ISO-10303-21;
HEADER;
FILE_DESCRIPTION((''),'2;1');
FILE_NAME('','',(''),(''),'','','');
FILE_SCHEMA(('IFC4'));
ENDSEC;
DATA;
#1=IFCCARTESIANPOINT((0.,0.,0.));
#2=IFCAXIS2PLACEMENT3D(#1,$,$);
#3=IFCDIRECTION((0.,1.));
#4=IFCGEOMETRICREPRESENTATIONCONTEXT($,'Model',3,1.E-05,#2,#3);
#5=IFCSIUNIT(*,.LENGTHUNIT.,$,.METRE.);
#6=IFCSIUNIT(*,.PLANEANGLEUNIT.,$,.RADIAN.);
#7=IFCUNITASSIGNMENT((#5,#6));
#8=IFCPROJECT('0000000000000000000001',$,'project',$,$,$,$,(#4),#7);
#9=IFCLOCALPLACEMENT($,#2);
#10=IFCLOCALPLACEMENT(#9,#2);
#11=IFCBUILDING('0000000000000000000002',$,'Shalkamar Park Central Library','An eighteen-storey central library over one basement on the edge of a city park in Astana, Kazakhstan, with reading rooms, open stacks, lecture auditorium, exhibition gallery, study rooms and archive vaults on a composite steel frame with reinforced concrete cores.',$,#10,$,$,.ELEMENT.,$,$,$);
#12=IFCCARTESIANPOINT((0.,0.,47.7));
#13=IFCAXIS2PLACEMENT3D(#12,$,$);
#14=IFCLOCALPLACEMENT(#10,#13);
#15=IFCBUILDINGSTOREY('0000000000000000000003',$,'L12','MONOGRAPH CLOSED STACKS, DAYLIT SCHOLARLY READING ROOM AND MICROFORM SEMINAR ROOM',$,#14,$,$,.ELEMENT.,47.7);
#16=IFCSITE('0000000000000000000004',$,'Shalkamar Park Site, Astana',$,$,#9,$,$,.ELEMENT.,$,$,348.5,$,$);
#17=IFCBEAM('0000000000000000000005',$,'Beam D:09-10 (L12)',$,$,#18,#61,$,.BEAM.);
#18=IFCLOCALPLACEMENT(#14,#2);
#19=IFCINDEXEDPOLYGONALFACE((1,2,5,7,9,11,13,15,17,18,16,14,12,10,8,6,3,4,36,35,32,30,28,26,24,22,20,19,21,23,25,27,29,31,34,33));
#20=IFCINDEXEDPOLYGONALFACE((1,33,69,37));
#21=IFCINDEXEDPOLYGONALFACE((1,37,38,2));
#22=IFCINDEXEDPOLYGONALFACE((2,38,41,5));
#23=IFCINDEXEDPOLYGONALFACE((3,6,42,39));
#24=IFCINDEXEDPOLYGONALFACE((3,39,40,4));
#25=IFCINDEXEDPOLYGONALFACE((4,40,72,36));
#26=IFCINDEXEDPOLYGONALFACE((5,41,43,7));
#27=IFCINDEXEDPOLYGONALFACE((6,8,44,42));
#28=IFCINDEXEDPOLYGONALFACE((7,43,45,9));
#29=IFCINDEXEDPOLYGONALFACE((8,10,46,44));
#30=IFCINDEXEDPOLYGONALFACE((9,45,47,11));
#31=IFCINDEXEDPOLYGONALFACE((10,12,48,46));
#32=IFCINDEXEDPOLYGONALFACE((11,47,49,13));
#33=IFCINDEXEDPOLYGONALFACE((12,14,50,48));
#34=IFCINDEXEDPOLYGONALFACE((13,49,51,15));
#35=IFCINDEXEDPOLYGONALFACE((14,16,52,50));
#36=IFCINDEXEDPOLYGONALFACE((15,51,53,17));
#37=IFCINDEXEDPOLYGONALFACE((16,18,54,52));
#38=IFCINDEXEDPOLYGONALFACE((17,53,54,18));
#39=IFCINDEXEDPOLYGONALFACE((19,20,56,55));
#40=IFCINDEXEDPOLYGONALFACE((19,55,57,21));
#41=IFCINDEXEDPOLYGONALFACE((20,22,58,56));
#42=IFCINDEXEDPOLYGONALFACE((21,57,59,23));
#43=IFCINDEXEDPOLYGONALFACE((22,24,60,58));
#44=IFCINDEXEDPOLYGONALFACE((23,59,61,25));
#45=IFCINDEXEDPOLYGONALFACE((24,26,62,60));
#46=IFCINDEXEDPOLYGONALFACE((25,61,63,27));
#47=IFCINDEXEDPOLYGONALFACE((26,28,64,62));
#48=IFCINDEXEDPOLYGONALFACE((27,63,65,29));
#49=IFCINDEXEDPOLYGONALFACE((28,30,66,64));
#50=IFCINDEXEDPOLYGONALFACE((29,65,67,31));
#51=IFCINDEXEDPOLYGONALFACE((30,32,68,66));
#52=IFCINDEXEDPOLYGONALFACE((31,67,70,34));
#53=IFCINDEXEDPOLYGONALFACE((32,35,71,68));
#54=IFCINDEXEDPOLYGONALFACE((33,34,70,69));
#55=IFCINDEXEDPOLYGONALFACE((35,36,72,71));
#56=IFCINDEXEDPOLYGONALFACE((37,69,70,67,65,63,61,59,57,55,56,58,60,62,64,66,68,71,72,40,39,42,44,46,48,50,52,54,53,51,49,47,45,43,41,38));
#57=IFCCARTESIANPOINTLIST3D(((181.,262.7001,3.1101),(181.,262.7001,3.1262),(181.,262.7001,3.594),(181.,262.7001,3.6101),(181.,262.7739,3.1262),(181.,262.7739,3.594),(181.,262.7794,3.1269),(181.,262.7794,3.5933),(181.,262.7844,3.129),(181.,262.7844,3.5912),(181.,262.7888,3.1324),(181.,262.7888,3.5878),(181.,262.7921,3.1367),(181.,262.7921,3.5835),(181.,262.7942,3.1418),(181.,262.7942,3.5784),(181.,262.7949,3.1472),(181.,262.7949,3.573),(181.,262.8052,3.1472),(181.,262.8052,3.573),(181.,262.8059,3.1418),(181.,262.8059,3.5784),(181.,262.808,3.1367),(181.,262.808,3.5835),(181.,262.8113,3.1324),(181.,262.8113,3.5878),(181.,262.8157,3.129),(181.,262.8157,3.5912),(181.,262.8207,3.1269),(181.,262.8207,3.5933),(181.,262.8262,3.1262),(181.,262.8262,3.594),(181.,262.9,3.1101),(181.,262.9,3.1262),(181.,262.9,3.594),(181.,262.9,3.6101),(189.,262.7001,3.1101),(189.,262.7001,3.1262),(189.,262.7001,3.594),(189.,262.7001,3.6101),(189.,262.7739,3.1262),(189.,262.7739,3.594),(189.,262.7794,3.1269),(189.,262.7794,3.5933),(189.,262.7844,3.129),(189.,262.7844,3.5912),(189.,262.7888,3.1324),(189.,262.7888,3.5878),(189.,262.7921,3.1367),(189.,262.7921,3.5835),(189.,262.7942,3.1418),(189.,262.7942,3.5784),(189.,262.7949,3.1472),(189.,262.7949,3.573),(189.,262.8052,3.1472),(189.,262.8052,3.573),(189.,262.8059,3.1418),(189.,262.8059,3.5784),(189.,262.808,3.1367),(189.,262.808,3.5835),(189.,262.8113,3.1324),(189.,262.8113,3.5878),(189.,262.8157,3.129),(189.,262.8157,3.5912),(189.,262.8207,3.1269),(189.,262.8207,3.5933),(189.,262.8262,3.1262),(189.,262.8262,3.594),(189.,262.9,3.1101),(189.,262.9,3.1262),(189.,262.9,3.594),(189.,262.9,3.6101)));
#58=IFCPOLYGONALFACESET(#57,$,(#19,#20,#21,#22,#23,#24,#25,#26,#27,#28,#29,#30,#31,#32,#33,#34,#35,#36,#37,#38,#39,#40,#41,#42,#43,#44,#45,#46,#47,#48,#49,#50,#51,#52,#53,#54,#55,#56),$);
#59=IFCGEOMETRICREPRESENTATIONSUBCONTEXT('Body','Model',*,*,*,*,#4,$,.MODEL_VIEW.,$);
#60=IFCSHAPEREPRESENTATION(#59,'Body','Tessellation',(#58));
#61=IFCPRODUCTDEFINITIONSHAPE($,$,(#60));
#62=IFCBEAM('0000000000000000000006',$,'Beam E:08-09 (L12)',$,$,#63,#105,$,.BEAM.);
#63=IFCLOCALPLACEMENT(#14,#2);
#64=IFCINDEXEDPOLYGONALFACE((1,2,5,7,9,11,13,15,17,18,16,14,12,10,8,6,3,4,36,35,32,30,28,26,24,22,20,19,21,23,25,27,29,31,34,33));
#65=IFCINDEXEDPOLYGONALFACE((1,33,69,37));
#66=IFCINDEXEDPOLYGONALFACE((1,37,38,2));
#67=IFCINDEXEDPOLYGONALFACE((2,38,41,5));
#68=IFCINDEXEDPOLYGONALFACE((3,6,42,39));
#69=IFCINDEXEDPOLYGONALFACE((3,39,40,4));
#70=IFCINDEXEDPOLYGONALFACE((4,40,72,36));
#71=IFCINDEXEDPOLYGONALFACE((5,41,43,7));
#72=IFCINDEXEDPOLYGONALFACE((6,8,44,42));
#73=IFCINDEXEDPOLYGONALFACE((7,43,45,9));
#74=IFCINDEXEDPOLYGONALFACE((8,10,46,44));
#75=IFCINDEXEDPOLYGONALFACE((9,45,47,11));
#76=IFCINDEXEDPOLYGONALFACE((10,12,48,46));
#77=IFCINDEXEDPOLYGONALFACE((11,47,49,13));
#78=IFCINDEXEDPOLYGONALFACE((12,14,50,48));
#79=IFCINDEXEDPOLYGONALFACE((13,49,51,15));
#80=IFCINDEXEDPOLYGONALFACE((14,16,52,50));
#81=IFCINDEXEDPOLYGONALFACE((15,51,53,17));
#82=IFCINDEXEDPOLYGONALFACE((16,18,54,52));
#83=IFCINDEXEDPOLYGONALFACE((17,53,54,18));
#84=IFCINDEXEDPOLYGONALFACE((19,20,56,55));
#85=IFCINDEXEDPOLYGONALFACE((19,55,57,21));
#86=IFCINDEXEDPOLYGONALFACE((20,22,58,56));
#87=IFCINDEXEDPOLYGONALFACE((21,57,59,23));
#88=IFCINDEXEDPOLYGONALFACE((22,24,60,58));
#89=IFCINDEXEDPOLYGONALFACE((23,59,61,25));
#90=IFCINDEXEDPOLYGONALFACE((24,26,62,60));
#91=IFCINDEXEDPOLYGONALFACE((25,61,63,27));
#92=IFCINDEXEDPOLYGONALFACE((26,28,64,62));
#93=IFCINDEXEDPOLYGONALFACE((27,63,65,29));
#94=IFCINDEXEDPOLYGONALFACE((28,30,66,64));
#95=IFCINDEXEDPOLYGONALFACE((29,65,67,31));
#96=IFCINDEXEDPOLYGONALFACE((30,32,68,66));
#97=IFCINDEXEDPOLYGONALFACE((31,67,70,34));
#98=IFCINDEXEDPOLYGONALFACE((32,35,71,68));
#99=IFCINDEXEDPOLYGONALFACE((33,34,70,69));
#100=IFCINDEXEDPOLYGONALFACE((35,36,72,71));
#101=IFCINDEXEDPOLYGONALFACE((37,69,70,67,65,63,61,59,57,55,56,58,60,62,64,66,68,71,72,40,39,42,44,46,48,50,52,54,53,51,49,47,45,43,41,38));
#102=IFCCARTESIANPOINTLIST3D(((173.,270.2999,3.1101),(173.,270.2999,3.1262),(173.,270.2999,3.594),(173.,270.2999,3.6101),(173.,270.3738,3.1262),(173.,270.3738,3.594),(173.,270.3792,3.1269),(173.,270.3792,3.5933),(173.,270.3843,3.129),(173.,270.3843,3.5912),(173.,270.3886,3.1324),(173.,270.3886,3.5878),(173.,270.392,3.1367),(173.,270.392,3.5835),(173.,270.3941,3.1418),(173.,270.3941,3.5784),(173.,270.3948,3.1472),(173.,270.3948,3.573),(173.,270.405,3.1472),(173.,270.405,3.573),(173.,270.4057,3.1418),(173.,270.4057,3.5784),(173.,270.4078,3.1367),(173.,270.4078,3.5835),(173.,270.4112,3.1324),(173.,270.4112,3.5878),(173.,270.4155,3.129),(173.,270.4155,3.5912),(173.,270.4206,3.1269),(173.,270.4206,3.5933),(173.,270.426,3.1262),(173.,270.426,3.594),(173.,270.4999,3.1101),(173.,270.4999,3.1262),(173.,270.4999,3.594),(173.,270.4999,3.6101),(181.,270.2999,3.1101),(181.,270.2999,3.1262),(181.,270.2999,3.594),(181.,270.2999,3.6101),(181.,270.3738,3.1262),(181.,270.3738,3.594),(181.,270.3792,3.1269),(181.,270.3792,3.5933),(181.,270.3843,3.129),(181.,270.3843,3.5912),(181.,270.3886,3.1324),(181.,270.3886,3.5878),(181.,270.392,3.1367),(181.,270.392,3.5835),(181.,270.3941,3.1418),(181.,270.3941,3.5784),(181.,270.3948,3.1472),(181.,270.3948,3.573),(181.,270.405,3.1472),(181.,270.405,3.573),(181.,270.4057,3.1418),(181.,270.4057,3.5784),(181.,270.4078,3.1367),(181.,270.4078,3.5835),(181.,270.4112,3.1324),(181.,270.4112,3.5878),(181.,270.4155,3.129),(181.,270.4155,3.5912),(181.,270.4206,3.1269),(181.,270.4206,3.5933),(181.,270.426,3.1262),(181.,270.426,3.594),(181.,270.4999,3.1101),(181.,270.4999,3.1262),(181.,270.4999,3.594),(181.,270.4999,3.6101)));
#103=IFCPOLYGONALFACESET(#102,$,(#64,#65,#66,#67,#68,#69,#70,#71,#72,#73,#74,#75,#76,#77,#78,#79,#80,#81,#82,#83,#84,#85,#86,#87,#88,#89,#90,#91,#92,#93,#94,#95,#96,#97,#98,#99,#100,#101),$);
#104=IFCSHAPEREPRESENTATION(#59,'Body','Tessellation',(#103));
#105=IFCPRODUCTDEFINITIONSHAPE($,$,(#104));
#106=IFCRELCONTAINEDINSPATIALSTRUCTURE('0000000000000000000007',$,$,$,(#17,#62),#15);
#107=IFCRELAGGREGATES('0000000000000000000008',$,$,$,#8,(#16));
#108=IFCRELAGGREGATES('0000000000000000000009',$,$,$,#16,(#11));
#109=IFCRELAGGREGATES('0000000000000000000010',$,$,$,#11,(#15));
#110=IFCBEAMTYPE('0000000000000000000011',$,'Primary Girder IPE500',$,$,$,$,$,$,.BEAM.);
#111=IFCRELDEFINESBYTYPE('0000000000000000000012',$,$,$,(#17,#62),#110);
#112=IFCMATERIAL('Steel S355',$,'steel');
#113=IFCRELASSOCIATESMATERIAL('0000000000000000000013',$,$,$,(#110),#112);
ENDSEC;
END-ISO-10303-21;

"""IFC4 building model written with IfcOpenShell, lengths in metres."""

from ifc_helpers import new_model, si_unit, direction, frame, origin, origin_2d, place, context, subcontext, project, spatial, i_section, extrude, material, material_profile, profile_set, type_object, element, save


model = new_model("IFC4")

# Units and contexts
model_context = context("Model", 3, precision=1e-05, world=origin(), true_north=direction((0.0, 1.0)))
body_context = subcontext(model_context, "Body", "Model", "MODEL_VIEW")
ifc_project = project(units=[si_unit("LENGTHUNIT", "METRE"), si_unit("PLANEANGLEUNIT", "RADIAN")], contexts=[model_context])

# Site, building, storey
site_placement = place(None, origin())
site = spatial("IfcSite", under=ifc_project, at=site_placement, Name="Shalkamar Park Site, Astana", CompositionType="ELEMENT", RefElevation=348.5)
building_placement = place(site_placement, origin())
building = spatial("IfcBuilding", under=site, at=building_placement, Name="Shalkamar Park Central Library", Description="An eighteen-storey central library over one basement on the edge of a city park in Astana, Kazakhstan, with reading rooms, open stacks, lecture auditorium, exhibition gallery, study rooms and archive vaults on a composite steel frame with reinforced concrete cores.", CompositionType="ELEMENT")
storey_placement = place(building_placement, frame((0.0, 0.0, 47.7)))
storey = spatial("IfcBuildingStorey", under=building, at=storey_placement, Name="L12", Description="MONOGRAPH CLOSED STACKS, DAYLIT SCHOLARLY READING ROOM AND MICROFORM SEMINAR ROOM", CompositionType="ELEMENT", Elevation=47.7)

# Shared definitions
ifc_material_1 = material(Name="Steel S355", Category="steel")

# Beams
ifc_material_profile_1 = material_profile(ifc_material_1, i_section(OverallWidth=0.2, OverallDepth=0.5, WebThickness=0.0103, FlangeThickness=0.0161, FilletRadius=0.021, at=origin_2d()), Name="IPE 500")
ifc_profile_set_1 = profile_set([ifc_material_profile_1], Name="Steel S355")
beam_type_1 = type_object("IfcBeamType", Name="Primary Girder IPE500", PredefinedType="BEAM", material=ifc_profile_set_1)
for number, where, z_axis, x_axis, name in (
    (1, (181.0, 262.8, 3.3601), (1.0, 0.0, 0.0), (0.0, 1.0, 0.0), "Beam D:09-10 (L12)"),
    (2, (173.0, 270.3999, 3.3601), (1.0, 0.0, 0.0), (0.0, 1.0, 0.0), "Beam E:08-09 (L12)"),
):
    element("IfcBeam", number, at=place(storey_placement, frame(where, z_axis=z_axis, x_axis=x_axis)), inside=storey, type_object=beam_type_1, Name=name, PredefinedType="BEAM", context=body_context, shape_type="SweptSolid", body=[
        extrude(i_section(OverallWidth=0.2, OverallDepth=0.5, WebThickness=0.0103, FlangeThickness=0.0161, FilletRadius=0.021, at=origin_2d()), origin(), (0.0, 0.0, 1.0), 8.0),
    ])

save(model, "model.ifc")
